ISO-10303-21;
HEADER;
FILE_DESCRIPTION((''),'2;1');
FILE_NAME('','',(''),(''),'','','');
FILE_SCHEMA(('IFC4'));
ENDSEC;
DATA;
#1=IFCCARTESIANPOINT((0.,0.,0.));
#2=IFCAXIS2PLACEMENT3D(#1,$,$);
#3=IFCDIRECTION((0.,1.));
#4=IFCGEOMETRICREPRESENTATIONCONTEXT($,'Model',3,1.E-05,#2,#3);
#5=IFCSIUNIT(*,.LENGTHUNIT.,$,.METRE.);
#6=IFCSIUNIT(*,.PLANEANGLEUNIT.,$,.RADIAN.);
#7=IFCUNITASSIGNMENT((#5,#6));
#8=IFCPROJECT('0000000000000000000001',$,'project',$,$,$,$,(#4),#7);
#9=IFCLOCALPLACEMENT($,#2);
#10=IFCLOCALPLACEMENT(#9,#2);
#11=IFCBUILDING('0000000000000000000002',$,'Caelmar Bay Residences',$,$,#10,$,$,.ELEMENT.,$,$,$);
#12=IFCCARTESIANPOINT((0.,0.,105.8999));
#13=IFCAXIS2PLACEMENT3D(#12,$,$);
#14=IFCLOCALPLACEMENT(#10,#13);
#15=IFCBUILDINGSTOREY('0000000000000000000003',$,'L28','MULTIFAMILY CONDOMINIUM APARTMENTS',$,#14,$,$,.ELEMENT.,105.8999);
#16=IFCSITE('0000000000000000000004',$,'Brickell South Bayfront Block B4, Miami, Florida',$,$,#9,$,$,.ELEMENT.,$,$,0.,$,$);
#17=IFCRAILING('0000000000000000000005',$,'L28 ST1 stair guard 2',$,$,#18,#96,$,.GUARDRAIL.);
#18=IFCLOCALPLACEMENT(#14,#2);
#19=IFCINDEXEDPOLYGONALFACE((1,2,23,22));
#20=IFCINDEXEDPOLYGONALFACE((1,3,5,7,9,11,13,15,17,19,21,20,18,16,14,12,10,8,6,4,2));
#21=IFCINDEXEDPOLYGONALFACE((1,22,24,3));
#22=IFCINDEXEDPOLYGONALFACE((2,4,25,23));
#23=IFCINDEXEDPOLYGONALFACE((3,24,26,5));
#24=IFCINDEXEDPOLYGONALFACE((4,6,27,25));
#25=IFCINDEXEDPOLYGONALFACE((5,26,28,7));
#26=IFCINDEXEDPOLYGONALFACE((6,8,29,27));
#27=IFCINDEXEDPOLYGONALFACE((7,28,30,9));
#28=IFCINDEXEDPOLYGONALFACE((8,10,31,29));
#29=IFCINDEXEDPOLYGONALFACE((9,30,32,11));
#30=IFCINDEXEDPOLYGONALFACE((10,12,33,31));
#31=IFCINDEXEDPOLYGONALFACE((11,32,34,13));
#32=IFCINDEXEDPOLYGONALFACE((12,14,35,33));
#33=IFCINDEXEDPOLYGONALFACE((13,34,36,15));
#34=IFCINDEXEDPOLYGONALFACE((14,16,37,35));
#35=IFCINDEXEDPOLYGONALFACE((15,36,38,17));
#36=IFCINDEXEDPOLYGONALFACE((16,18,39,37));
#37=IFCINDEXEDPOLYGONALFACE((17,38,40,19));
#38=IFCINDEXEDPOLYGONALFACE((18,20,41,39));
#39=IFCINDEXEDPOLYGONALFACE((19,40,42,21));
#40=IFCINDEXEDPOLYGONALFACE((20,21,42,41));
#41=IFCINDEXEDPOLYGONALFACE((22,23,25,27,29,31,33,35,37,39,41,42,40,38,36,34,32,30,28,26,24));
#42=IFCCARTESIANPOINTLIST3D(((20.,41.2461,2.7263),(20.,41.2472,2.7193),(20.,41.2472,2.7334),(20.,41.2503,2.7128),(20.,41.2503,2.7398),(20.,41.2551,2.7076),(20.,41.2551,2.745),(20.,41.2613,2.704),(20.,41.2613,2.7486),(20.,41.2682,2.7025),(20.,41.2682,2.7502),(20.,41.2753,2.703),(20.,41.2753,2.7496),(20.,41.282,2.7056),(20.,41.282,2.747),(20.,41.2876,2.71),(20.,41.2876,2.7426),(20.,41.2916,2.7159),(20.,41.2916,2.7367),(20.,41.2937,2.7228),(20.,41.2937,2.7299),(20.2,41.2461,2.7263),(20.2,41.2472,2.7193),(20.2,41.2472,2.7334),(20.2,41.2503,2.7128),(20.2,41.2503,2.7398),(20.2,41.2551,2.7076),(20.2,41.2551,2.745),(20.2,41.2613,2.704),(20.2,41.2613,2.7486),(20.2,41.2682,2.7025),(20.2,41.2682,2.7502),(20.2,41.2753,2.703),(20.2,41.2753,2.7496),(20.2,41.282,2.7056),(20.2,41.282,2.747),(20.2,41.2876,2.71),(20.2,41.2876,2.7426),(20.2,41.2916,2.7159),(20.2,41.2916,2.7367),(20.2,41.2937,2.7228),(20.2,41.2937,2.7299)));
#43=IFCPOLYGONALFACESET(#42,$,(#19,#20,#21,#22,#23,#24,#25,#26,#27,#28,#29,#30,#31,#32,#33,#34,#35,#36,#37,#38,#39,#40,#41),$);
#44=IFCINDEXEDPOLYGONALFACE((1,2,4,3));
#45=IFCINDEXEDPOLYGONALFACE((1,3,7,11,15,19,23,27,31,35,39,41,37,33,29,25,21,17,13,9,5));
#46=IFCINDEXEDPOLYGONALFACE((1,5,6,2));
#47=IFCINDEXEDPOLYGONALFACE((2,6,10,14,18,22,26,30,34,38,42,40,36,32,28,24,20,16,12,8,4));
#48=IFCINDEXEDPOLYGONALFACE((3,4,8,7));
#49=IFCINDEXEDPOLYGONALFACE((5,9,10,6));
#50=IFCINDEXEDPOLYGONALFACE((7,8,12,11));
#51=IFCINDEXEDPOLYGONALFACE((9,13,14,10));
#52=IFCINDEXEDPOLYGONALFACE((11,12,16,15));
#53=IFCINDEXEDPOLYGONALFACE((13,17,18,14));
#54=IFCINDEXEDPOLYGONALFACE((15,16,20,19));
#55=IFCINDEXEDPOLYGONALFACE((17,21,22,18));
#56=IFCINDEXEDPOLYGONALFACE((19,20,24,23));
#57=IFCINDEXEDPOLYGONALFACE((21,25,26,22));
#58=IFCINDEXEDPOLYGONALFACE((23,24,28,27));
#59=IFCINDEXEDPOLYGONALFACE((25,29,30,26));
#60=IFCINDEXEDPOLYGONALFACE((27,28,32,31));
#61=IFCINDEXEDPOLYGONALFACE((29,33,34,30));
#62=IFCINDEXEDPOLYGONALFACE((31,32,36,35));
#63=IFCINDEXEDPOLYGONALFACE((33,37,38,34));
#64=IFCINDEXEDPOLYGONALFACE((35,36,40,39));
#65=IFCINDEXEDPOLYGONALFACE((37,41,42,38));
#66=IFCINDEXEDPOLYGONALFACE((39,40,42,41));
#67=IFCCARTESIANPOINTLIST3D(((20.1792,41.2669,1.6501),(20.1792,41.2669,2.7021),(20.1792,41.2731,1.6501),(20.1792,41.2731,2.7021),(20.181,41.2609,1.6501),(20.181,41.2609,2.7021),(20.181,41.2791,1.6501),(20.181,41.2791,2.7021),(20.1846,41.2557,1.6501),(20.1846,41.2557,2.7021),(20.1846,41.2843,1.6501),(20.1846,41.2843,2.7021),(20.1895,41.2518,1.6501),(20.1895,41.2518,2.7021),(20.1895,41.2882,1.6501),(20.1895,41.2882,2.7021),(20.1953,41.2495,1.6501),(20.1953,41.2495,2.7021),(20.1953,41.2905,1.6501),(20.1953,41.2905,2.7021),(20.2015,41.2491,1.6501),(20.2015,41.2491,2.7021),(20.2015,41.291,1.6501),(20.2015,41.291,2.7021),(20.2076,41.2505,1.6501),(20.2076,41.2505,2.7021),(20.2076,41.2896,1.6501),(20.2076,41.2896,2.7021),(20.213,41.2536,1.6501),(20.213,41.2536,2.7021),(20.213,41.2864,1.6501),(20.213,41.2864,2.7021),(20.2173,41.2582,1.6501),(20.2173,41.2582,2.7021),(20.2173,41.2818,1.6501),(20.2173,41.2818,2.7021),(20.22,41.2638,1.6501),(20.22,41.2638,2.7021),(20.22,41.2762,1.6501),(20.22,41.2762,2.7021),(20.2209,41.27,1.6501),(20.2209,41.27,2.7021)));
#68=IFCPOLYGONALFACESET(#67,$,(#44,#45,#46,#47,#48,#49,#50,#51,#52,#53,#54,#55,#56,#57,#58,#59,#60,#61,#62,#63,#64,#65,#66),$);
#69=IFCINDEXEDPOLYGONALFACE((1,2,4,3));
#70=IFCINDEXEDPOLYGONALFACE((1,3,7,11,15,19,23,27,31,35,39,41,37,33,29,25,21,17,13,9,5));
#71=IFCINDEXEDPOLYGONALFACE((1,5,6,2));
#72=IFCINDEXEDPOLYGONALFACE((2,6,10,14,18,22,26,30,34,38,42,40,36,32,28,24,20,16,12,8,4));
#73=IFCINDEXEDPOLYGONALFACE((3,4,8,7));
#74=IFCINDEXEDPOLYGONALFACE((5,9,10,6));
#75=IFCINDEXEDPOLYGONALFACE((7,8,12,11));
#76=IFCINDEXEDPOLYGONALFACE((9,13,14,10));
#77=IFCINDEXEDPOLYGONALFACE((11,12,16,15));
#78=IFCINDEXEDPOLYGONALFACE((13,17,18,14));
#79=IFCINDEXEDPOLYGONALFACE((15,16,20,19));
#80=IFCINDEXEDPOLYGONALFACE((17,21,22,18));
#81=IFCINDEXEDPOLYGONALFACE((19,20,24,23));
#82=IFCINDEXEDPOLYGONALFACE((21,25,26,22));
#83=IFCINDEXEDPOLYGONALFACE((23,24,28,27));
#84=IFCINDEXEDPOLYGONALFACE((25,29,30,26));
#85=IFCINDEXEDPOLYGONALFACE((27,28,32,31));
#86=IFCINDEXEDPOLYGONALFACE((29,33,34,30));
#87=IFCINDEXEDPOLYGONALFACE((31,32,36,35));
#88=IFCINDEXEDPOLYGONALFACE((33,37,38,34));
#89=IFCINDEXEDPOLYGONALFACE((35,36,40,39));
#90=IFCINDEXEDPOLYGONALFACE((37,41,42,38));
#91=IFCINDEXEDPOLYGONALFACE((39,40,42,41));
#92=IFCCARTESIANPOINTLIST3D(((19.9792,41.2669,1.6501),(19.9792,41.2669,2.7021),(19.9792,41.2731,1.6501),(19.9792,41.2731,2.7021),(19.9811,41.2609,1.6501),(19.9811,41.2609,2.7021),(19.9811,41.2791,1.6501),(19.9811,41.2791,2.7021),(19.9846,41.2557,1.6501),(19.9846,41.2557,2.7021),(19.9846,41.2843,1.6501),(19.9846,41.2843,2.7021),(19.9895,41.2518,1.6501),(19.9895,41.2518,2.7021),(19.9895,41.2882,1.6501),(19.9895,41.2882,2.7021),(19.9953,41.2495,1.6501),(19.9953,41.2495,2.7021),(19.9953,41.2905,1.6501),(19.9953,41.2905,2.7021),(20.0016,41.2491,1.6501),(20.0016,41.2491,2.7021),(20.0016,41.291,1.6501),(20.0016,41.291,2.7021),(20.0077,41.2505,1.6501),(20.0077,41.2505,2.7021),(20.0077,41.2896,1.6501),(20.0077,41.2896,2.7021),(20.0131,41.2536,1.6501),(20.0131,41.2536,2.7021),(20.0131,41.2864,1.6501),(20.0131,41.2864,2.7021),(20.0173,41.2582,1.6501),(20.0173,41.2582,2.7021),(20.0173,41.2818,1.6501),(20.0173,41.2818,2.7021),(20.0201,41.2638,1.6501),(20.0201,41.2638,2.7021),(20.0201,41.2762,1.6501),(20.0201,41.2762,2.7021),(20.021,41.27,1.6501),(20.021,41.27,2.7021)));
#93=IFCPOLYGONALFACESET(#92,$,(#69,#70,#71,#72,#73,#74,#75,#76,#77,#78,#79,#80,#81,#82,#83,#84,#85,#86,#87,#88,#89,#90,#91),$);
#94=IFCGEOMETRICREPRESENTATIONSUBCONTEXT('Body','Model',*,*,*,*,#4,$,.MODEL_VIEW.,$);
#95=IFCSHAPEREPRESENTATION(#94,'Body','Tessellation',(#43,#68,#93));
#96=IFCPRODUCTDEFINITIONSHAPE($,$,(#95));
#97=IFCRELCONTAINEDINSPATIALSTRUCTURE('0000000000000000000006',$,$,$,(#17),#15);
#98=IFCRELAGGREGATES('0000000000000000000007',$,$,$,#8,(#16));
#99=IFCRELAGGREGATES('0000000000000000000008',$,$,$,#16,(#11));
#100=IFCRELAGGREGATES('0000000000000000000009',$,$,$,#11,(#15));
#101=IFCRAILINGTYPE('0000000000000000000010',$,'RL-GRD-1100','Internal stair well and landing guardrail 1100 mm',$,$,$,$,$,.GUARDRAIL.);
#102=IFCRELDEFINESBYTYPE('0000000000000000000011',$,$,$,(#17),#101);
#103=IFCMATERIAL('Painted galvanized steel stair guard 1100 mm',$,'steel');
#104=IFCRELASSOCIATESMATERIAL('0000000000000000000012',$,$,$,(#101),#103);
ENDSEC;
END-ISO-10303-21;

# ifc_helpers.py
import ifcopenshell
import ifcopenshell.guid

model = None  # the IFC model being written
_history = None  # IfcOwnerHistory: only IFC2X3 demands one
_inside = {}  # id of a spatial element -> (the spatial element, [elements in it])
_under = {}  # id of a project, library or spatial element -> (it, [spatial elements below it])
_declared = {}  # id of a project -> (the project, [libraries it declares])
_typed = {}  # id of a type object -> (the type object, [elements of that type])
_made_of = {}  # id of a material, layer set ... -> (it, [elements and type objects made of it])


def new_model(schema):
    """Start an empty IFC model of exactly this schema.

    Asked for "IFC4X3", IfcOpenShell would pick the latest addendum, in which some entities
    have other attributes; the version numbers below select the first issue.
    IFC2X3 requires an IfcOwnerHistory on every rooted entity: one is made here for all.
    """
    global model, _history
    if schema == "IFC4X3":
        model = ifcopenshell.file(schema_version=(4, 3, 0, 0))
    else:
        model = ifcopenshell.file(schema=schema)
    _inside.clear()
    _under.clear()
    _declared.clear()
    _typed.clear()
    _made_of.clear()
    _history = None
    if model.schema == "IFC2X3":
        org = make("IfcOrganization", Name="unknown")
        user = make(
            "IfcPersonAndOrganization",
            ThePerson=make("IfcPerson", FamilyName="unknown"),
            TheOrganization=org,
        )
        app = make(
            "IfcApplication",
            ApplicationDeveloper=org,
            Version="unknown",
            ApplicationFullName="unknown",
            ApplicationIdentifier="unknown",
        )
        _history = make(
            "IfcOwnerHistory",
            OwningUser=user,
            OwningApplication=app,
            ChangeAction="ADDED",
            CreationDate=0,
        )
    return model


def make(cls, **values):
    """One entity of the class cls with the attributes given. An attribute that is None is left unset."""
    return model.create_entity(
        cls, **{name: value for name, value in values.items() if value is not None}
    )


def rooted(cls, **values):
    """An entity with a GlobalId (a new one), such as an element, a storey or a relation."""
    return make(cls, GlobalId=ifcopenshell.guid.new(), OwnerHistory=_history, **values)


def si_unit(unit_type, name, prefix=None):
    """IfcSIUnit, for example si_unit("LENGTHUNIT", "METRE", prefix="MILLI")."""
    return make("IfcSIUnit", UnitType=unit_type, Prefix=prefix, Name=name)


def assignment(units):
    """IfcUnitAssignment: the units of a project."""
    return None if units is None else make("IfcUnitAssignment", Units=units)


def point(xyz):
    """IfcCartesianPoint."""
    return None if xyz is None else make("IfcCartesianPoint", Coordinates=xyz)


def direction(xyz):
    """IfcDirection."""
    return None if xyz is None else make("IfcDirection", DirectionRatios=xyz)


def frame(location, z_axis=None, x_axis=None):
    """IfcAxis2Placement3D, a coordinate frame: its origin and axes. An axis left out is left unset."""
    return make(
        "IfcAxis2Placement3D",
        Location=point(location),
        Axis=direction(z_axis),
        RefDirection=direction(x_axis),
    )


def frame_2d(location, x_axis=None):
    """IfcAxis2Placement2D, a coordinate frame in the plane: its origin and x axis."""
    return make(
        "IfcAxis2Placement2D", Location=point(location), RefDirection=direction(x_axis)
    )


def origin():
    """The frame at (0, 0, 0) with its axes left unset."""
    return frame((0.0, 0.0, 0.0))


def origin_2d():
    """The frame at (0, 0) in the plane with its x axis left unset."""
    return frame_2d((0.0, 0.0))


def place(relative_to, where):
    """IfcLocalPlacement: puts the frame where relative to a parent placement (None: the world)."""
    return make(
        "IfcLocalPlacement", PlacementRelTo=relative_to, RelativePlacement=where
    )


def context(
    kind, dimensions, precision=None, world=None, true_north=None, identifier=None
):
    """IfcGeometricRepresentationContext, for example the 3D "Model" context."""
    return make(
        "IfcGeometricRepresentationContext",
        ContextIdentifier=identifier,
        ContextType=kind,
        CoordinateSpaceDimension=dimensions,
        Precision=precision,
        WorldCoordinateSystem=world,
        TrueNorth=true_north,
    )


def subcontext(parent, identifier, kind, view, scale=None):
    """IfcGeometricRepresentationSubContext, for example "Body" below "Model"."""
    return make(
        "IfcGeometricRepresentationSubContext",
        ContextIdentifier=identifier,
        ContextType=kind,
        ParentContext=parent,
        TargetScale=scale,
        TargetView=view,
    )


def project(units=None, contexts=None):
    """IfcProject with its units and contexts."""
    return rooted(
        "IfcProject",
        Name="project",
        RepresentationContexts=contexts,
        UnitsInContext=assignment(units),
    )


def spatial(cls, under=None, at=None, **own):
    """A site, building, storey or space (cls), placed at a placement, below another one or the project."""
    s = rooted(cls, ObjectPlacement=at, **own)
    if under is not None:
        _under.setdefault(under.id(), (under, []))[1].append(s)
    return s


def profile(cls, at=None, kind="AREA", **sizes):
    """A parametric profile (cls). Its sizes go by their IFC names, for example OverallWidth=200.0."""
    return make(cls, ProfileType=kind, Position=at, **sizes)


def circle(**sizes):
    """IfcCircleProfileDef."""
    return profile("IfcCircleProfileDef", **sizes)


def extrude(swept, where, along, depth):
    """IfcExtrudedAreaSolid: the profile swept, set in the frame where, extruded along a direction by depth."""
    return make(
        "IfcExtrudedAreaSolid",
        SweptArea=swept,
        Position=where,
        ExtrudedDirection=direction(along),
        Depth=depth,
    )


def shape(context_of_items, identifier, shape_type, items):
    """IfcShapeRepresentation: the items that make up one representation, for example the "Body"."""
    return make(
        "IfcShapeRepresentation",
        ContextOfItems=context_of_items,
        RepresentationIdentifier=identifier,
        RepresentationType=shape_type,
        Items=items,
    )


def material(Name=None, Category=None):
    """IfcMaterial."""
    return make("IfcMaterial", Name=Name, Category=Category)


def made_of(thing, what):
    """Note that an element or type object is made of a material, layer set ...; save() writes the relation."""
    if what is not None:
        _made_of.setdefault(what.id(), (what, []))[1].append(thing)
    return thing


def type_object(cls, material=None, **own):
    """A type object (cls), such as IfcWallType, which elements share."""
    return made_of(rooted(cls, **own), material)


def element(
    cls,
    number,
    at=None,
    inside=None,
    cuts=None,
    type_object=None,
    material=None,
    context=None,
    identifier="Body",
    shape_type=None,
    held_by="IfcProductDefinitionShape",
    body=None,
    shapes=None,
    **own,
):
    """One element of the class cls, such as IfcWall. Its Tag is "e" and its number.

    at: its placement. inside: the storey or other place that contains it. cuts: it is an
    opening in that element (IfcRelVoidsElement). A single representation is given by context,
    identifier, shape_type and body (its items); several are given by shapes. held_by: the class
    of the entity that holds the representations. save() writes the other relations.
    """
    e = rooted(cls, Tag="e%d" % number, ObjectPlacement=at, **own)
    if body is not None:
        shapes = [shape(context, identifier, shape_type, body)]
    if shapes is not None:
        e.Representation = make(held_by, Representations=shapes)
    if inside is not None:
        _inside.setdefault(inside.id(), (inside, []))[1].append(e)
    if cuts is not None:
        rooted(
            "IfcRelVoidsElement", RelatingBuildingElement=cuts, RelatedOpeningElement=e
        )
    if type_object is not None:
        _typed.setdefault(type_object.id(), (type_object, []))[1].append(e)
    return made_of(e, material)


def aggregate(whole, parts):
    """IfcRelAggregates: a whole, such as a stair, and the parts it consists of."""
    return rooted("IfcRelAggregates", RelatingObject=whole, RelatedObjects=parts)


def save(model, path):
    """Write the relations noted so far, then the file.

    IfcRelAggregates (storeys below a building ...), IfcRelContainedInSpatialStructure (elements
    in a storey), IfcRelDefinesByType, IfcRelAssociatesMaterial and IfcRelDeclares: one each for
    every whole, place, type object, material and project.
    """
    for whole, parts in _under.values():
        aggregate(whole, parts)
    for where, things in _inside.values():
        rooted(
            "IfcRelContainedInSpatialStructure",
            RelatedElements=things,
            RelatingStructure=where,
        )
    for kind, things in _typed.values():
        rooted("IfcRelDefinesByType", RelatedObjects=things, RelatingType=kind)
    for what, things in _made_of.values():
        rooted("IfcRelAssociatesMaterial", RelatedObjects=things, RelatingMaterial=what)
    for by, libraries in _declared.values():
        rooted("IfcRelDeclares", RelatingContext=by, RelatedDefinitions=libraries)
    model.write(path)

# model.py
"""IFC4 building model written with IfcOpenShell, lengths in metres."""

from ifc_helpers import new_model, si_unit, direction, frame, origin, origin_2d, place, context, subcontext, project, spatial, circle, extrude, material, type_object, element, save


model = new_model("IFC4")

# Units and contexts
model_context = context("Model", 3, precision=1e-05, world=origin(), true_north=direction((0.0, 1.0)))
body_context = subcontext(model_context, "Body", "Model", "MODEL_VIEW")
ifc_project = project(units=[si_unit("LENGTHUNIT", "METRE"), si_unit("PLANEANGLEUNIT", "RADIAN")], contexts=[model_context])

# Site, building, storey
site_placement = place(None, origin())
site = spatial("IfcSite", under=ifc_project, at=site_placement, Name="Brickell South Bayfront Block B4, Miami, Florida", CompositionType="ELEMENT", RefElevation=0.0)
building_placement = place(site_placement, origin())
building = spatial("IfcBuilding", under=site, at=building_placement, Name="Caelmar Bay Residences", CompositionType="ELEMENT")
storey_placement = place(building_placement, frame((0.0, 0.0, 105.8999)))
storey = spatial("IfcBuildingStorey", under=building, at=storey_placement, Name="L28", Description="MULTIFAMILY CONDOMINIUM APARTMENTS", CompositionType="ELEMENT", Elevation=105.8999)

# Railing
ifc_material_1 = material(Name="Painted galvanized steel stair guard 1100 mm", Category="steel")
railing_type_1 = type_object("IfcRailingType", Name="RL-GRD-1100", Description="Internal stair well and landing guardrail 1100 mm", PredefinedType="GUARDRAIL", material=ifc_material_1)
railing_1_placement = place(storey_placement, frame((20.2, 41.27, 1.6501)))
element("IfcRailing", 1, at=railing_1_placement, inside=storey, type_object=railing_type_1, Name="L28 ST1 stair guard 2", PredefinedType="GUARDRAIL", context=body_context, shape_type="SweptSolid", body=[
    extrude(circle(Radius=0.0239, at=origin_2d()), frame((0.0, 0.0, 1.0762), z_axis=(-1.0, 0.0, 0.0), x_axis=(0.0, -1.0, 0.0)), (0.0, 0.0, 1.0), 0.2),
    extrude(circle(Radius=0.021, at=origin_2d()), origin(), (0.0, 0.0, 1.0), 1.052),
    extrude(circle(Radius=0.021, at=origin_2d()), frame((-0.2, 0.0, 0.0)), (0.0, 0.0, 1.0), 1.052),
])

save(model, "model.ifc")
